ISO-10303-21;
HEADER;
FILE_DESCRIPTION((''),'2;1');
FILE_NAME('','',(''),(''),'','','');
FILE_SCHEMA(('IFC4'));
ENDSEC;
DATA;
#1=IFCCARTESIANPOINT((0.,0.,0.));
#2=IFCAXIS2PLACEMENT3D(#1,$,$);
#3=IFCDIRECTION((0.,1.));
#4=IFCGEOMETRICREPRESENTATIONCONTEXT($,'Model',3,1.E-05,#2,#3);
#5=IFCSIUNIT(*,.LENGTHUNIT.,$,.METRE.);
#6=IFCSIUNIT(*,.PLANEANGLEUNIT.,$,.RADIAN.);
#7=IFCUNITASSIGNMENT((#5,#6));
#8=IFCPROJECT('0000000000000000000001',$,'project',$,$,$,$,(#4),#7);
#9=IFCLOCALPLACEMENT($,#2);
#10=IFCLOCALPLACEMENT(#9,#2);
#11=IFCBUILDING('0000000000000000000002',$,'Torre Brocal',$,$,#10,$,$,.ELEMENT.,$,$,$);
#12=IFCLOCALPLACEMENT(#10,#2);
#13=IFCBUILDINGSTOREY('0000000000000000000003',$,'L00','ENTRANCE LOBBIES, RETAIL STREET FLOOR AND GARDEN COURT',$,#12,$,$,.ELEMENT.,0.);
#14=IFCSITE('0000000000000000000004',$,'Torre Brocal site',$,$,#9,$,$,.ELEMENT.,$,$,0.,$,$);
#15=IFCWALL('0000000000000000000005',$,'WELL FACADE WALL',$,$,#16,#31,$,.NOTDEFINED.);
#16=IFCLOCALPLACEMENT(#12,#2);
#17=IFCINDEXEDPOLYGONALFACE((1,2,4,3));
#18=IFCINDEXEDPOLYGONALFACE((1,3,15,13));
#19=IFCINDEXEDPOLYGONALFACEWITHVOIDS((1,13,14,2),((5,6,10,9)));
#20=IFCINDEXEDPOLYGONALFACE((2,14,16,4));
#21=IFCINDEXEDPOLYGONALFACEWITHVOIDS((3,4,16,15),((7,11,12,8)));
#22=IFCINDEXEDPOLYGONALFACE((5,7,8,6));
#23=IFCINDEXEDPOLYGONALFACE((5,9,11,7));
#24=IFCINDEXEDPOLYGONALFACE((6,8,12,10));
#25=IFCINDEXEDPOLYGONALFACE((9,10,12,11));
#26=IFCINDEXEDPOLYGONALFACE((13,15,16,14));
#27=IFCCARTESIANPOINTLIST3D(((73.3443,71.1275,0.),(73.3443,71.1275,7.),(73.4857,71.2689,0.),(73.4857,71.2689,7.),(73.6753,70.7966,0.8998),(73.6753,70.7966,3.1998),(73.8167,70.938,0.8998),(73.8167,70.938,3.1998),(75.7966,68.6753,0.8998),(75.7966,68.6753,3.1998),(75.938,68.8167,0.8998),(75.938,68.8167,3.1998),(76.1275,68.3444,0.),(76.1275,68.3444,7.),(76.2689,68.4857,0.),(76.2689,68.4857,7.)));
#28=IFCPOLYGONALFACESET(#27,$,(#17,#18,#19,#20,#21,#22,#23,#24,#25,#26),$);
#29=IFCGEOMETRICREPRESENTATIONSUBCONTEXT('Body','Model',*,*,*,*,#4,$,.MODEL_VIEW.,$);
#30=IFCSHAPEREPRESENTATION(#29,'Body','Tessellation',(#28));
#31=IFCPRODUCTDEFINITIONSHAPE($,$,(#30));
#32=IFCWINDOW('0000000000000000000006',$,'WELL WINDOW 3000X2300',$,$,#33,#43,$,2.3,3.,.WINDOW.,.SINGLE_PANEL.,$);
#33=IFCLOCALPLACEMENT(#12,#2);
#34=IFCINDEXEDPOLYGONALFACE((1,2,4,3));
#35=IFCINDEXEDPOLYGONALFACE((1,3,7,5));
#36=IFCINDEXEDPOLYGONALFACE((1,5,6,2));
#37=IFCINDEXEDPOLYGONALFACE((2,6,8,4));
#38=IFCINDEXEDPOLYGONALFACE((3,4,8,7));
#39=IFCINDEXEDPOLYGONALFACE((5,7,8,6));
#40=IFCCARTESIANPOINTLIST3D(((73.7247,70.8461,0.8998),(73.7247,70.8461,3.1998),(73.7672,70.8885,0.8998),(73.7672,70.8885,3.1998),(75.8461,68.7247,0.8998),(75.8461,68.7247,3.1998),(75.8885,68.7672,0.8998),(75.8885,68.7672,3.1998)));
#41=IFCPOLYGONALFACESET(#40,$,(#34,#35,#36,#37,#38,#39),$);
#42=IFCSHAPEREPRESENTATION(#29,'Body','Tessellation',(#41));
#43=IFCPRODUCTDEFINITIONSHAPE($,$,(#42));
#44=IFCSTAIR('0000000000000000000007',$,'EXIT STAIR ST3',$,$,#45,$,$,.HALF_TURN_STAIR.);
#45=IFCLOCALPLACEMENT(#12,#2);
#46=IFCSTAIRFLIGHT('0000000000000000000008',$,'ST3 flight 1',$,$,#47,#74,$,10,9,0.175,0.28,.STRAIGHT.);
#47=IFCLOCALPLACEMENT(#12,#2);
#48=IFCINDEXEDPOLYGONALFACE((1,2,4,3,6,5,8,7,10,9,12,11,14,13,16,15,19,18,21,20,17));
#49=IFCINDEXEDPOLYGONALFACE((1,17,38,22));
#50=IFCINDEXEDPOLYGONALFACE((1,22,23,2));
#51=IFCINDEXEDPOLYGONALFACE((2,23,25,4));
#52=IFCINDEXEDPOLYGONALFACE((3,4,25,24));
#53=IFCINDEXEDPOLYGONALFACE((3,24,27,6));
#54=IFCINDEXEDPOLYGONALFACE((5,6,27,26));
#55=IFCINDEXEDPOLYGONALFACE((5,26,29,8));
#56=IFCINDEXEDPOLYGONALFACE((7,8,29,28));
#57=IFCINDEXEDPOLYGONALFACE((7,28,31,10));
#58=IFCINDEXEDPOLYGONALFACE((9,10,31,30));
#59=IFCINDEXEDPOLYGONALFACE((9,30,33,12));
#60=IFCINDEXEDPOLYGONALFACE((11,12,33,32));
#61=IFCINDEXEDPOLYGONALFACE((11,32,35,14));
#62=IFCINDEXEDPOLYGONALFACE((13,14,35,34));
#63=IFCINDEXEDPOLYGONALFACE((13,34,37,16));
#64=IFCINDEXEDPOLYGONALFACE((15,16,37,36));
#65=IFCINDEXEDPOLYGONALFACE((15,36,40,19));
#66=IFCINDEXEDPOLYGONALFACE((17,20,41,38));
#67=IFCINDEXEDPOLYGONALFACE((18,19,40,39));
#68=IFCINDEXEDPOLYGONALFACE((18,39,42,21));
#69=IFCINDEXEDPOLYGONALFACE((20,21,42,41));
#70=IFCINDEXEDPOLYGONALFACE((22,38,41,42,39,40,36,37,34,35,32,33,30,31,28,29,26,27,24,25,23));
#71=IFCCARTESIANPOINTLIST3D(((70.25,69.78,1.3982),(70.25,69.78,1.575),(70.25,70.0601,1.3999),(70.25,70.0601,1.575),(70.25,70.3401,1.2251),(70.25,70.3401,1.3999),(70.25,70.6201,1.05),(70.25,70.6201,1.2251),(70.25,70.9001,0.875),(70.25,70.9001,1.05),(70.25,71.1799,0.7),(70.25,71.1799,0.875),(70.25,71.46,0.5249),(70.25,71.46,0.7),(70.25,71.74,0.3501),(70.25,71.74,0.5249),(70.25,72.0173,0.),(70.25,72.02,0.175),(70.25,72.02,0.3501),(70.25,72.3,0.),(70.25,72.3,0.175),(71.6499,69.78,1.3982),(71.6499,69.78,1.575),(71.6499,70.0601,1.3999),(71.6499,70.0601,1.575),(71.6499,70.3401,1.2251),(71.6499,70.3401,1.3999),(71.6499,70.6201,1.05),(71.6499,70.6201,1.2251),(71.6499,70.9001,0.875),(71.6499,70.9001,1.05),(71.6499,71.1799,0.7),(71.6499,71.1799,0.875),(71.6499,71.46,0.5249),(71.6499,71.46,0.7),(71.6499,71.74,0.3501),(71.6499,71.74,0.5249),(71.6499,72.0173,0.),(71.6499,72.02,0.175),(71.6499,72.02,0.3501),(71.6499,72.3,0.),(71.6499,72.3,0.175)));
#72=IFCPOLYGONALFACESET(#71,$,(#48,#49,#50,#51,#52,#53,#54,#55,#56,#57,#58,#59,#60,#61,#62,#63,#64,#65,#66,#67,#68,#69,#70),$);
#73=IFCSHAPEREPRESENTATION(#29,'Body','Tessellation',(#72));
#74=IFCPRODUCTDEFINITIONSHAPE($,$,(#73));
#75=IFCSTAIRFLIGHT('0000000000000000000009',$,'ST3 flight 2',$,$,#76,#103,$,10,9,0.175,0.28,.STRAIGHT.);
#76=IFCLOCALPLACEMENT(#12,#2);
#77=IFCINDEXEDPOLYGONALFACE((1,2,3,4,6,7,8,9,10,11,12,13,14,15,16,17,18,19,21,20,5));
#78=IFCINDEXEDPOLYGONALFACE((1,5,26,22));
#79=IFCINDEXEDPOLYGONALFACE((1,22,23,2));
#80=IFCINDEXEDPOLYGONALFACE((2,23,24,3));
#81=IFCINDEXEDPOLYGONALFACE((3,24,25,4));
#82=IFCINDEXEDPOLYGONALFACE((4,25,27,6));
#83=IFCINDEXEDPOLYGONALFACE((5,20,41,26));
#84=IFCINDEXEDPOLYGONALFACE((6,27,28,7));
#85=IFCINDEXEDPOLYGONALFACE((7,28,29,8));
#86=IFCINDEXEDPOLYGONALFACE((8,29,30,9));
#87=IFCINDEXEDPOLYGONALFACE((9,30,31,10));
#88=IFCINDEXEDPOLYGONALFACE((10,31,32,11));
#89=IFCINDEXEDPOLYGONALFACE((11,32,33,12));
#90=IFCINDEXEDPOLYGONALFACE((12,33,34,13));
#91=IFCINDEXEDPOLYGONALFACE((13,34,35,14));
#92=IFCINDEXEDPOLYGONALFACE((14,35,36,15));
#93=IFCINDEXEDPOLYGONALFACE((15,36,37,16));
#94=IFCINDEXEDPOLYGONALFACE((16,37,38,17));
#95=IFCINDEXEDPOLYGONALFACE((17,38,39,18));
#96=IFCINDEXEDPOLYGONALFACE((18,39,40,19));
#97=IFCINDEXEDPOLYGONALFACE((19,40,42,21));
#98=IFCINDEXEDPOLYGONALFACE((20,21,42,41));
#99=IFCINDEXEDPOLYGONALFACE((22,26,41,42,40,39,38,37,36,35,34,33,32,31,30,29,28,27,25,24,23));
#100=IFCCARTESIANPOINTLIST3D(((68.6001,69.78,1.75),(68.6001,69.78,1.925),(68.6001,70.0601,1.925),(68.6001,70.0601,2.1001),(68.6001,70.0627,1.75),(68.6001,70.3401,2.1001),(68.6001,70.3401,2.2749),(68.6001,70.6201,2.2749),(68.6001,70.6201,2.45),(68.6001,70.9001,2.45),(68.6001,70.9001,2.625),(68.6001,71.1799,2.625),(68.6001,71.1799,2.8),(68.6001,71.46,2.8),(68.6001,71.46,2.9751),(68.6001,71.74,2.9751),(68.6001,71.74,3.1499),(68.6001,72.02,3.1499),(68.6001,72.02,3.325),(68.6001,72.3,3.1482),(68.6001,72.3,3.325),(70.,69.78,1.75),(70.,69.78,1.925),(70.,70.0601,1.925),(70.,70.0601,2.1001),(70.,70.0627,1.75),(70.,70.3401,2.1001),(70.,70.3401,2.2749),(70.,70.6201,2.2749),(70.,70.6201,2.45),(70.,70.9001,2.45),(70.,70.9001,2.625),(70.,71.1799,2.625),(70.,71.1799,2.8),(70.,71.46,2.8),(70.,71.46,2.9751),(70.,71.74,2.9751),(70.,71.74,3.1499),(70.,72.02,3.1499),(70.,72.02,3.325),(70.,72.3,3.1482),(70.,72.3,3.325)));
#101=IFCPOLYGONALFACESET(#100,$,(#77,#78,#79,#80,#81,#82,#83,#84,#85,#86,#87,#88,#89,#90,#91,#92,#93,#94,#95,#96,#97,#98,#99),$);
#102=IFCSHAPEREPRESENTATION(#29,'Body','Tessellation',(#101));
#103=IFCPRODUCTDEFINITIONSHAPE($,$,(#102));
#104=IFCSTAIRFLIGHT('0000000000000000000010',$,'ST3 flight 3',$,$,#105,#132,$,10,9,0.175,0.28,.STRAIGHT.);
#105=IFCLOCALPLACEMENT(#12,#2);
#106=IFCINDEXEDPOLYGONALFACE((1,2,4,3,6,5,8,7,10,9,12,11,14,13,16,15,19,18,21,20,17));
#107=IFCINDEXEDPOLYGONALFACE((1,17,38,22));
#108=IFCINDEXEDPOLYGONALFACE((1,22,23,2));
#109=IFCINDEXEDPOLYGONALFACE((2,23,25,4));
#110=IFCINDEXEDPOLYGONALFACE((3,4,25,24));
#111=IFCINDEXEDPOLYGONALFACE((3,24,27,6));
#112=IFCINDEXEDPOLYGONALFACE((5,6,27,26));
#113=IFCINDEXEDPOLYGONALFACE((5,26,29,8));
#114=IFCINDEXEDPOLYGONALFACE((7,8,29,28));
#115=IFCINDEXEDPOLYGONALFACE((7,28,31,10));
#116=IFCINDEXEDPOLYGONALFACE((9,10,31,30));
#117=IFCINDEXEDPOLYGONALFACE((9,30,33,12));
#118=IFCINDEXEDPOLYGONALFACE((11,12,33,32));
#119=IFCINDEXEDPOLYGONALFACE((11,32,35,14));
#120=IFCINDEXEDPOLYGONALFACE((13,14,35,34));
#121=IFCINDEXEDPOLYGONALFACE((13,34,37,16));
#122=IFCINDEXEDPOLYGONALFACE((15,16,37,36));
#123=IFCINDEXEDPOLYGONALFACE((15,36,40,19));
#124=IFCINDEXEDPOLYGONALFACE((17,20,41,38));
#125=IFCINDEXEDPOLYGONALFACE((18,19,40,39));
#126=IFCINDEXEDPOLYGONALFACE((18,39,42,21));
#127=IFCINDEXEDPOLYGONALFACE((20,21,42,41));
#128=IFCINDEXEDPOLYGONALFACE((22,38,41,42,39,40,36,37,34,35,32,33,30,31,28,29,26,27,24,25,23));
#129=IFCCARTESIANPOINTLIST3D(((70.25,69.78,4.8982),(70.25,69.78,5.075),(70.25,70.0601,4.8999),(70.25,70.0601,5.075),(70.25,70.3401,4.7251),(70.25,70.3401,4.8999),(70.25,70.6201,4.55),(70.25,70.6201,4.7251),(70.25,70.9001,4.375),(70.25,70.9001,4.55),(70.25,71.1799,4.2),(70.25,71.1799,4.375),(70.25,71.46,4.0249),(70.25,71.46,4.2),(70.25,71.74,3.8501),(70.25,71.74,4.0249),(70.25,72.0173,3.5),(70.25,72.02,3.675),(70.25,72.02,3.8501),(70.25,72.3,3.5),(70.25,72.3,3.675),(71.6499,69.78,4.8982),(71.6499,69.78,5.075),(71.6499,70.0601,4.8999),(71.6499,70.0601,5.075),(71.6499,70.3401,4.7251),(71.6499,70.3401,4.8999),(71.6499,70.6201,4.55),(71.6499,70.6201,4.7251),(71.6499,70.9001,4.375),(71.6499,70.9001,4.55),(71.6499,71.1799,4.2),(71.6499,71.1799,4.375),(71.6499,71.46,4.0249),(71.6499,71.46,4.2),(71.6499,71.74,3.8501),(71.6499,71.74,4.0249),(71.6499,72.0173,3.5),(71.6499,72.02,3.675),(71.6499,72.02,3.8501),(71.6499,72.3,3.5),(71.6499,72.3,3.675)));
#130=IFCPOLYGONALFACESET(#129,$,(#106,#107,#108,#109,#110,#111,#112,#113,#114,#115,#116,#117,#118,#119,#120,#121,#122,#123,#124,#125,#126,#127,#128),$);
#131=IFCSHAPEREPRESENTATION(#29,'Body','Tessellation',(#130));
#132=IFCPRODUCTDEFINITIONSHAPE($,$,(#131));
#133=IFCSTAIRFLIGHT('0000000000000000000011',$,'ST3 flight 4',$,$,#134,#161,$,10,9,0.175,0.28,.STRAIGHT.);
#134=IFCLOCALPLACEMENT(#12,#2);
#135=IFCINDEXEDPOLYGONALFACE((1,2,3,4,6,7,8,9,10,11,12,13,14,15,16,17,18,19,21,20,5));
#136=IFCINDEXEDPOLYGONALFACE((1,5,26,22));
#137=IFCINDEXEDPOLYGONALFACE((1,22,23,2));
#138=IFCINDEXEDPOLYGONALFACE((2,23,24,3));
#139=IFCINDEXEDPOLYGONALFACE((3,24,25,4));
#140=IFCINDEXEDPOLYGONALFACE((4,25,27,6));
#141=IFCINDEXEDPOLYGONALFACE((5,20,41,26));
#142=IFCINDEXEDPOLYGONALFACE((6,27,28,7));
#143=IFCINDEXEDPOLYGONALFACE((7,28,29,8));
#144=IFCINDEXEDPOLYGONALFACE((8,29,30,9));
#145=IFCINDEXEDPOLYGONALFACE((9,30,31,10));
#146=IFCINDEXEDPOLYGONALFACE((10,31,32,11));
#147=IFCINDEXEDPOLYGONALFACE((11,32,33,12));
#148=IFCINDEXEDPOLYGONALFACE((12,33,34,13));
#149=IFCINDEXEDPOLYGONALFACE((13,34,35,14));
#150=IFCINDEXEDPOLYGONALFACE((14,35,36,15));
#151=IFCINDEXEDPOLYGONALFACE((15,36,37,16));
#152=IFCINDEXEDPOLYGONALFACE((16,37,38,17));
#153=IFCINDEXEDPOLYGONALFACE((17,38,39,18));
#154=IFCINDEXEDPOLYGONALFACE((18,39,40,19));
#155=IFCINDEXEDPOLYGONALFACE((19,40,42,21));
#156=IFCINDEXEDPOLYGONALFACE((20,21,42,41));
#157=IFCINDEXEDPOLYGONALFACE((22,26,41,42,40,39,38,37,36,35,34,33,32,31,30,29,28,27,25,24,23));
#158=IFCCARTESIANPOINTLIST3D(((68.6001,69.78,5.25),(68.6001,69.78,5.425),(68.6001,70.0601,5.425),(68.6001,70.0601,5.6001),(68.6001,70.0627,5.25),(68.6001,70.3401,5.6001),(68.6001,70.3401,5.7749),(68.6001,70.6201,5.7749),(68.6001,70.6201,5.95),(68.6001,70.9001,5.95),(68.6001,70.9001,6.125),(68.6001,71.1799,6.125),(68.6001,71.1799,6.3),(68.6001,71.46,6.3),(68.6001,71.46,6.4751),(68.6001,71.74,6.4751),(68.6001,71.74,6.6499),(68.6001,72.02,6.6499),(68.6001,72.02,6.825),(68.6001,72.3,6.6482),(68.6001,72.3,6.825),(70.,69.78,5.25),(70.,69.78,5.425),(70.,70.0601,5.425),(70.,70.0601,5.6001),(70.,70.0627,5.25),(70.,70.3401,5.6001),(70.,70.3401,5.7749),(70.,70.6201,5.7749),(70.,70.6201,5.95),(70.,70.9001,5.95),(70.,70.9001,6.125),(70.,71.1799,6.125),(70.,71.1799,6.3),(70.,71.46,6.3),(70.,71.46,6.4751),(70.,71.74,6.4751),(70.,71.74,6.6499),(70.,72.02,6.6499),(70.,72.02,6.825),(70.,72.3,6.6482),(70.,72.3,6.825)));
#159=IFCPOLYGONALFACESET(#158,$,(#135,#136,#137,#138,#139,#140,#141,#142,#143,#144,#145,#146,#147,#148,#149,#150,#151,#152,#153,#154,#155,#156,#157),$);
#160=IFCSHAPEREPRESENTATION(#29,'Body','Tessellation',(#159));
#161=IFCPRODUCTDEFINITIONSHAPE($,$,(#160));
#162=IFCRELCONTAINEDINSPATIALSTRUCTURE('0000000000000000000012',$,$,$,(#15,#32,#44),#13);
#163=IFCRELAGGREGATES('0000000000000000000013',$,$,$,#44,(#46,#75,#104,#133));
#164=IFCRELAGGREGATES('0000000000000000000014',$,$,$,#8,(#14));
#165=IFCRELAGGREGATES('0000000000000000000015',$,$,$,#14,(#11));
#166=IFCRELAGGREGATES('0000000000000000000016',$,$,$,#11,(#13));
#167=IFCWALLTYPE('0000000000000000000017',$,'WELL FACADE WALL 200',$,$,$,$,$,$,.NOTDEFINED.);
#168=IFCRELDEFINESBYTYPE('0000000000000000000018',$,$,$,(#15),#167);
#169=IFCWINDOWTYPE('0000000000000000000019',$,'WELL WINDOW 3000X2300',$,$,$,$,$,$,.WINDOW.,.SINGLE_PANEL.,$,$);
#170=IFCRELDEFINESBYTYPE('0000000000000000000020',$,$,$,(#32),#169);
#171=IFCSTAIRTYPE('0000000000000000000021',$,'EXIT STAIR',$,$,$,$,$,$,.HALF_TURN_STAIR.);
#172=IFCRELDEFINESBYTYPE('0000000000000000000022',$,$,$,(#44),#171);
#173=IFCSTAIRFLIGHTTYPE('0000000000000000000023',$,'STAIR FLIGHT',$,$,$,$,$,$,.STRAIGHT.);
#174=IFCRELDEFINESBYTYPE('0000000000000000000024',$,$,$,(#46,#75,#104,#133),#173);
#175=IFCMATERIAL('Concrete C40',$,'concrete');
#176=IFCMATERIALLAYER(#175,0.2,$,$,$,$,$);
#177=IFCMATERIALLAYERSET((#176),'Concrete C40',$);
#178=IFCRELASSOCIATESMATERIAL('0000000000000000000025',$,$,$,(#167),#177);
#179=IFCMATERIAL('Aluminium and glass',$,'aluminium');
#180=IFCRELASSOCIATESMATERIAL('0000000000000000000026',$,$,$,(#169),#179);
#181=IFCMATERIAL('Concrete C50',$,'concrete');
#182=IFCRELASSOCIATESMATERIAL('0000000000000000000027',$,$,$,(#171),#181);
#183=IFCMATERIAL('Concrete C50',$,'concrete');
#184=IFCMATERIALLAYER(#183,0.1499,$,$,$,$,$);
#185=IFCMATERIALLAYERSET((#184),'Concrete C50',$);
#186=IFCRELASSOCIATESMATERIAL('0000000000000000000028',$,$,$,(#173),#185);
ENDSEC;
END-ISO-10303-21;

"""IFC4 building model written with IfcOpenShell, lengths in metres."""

from ifc_helpers import new_model, si_unit, direction, frame, frame_2d, origin, place, context, subcontext, project, spatial, polyline, rectangle, outline, extrude, material, layer, layer_set, type_object, element, fill, aggregate, save


model = new_model("IFC4")

# Units and contexts
model_context = context("Model", 3, precision=1e-05, world=origin(), true_north=direction((0.0, 1.0)))
body_context = subcontext(model_context, "Body", "Model", "MODEL_VIEW")
ifc_project = project(units=[si_unit("LENGTHUNIT", "METRE"), si_unit("PLANEANGLEUNIT", "RADIAN")], contexts=[model_context])

# Site, building, storey
site_placement = place(None, origin())
site = spatial("IfcSite", under=ifc_project, at=site_placement, Name="Torre Brocal site", CompositionType="ELEMENT", RefElevation=0.0)
building_placement = place(site_placement, origin())
building = spatial("IfcBuilding", under=site, at=building_placement, Name="Torre Brocal", CompositionType="ELEMENT")
storey_placement = place(building_placement, origin())
storey = spatial("IfcBuildingStorey", under=building, at=storey_placement, Name="L00", Description="ENTRANCE LOBBIES, RETAIL STREET FLOOR AND GARDEN COURT", CompositionType="ELEMENT", Elevation=0.0)

# Wall, opening, window
ifc_material_1 = material(Name="Concrete C40", Category="concrete")
ifc_layer_1 = layer(ifc_material_1, 0.2)
ifc_layer_set_1 = layer_set([ifc_layer_1], Name="Concrete C40")
wall_type_1 = type_object("IfcWallType", Name="WELL FACADE WALL 200", PredefinedType="NOTDEFINED", material=ifc_layer_set_1)
wall_1_placement = place(storey_placement, frame((73.415, 71.1982, 0.0), z_axis=(0.0, 0.0, 1.0), x_axis=(0.707107, -0.707107, 0.0)))
wall_1 = element("IfcWall", 1, at=wall_1_placement, inside=storey, type_object=wall_type_1, Name="WELL FACADE WALL", PredefinedType="NOTDEFINED", context=body_context, shape_type="SweptSolid", body=[
    extrude(rectangle(XDim=3.936, YDim=0.2, at=frame_2d((1.968, 0.0))), origin(), (0.0, 0.0, 1.0), 7.0),
])
opening_1_placement = place(wall_1_placement, frame((0.468, 0.0, 0.8999)))
opening_1 = element("IfcOpeningElement", 2, at=opening_1_placement, cuts=wall_1, PredefinedType="OPENING", context=body_context, shape_type="SweptSolid", body=[
    extrude(rectangle(XDim=3.0, YDim=2.3, at=frame_2d((1.5, 1.1499))), frame((0.0, 0.1099, 0.0), z_axis=(0.0, -1.0, 0.0), x_axis=(1.0, 0.0, 0.0)), (0.0, 0.0, 1.0), 0.22),
])
ifc_material_2 = material(Name="Aluminium and glass", Category="aluminium")
window_type = type_object("IfcWindowType", Name="WELL WINDOW 3000X2300", PartitioningType="SINGLE_PANEL", PredefinedType="WINDOW", material=ifc_material_2)
window_placement = place(opening_1_placement, origin())
window = element("IfcWindow", 3, at=window_placement, inside=storey, type_object=window_type, Name="WELL WINDOW 3000X2300", OverallHeight=2.3, OverallWidth=3.0, PartitioningType="SINGLE_PANEL", PredefinedType="WINDOW", context=body_context, shape_type="SweptSolid", body=[
    extrude(rectangle(XDim=3.0, YDim=2.3, at=frame_2d((1.5, 1.1499))), frame((0.0, 0.03, 0.0), z_axis=(0.0, -1.0, 0.0), x_axis=(1.0, 0.0, 0.0)), (0.0, 0.0, 1.0), 0.0601),
])
fill(opening_1, window)

# Stair, stair flights
ifc_material_3 = material(Name="Concrete C50", Category="concrete")
stair_type = type_object("IfcStairType", Name="EXIT STAIR", PredefinedType="HALF_TURN_STAIR", material=ifc_material_3)
stair_placement = place(storey_placement, origin())
stair = element("IfcStair", 4, at=stair_placement, inside=storey, type_object=stair_type, Name="EXIT STAIR ST3", PredefinedType="HALF_TURN_STAIR")
ifc_material_4 = material(Name="Concrete C50", Category="concrete")
ifc_layer_2 = layer(ifc_material_4, 0.1499)
ifc_layer_set_2 = layer_set([ifc_layer_2], Name="Concrete C50")
stair_flight_type = type_object("IfcStairFlightType", Name="STAIR FLIGHT", PredefinedType="STRAIGHT", material=ifc_layer_set_2)
stair_flight_1_placement = place(storey_placement, frame((70.95, 72.3, 0.0), z_axis=(0.0, 0.0, 1.0), x_axis=(0.0, -1.0, 0.0)))
stair_flight_1 = element("IfcStairFlight", 5, at=stair_flight_1_placement, type_object=stair_flight_type, Name="ST3 flight 1", NumberOfRisers=10, NumberOfTreads=9, PredefinedType="STRAIGHT", RiserHeight=0.175, TreadLength=0.28, context=body_context, shape_type="SweptSolid", body=[
    extrude(outline(polyline([(0.0, 0.0), (0.0, 0.175), (0.28, 0.175), (0.28, 0.3501), (0.5601, 0.3501), (0.5601, 0.5249), (0.8401, 0.5249), (0.8401, 0.7), (1.1201, 0.7), (1.1201, 0.875), (1.3999, 0.875), (1.3999, 1.05), (1.6799, 1.05), (1.6799, 1.2251), (1.96, 1.2251), (1.96, 1.3999), (2.24, 1.3999), (2.24, 1.575), (2.52, 1.575), (2.52, 1.75), (2.52, 1.3982), (0.2827, 0.0), (0.0, 0.0)])), frame((0.0, 0.7, 0.0), z_axis=(0.0, -1.0, 0.0), x_axis=(1.0, 0.0, 0.0)), (0.0, 0.0, 1.0), 1.3999),
])
stair_flight_2_placement = place(storey_placement, frame((69.3, 69.78, 1.75), z_axis=(0.0, 0.0, 1.0), x_axis=(0.0, 1.0, 0.0)))
stair_flight_2 = element("IfcStairFlight", 6, at=stair_flight_2_placement, type_object=stair_flight_type, Name="ST3 flight 2", NumberOfRisers=10, NumberOfTreads=9, PredefinedType="STRAIGHT", RiserHeight=0.175, TreadLength=0.28, context=body_context, shape_type="SweptSolid", body=[
    extrude(outline(polyline([(0.0, 0.0), (0.0, 0.175), (0.28, 0.175), (0.28, 0.3501), (0.5601, 0.3501), (0.5601, 0.5249), (0.8401, 0.5249), (0.8401, 0.7), (1.1201, 0.7), (1.1201, 0.875), (1.3999, 0.875), (1.3999, 1.05), (1.6799, 1.05), (1.6799, 1.2251), (1.96, 1.2251), (1.96, 1.3999), (2.24, 1.3999), (2.24, 1.575), (2.52, 1.575), (2.52, 1.75), (2.52, 1.3982), (0.2827, 0.0), (0.0, 0.0)])), frame((0.0, 0.7, 0.0), z_axis=(0.0, -1.0, 0.0), x_axis=(1.0, 0.0, 0.0)), (0.0, 0.0, 1.0), 1.3999),
])
stair_flight_3_placement = place(storey_placement, frame((70.95, 72.3, 3.5), z_axis=(0.0, 0.0, 1.0), x_axis=(0.0, -1.0, 0.0)))
stair_flight_3 = element("IfcStairFlight", 7, at=stair_flight_3_placement, type_object=stair_flight_type, Name="ST3 flight 3", NumberOfRisers=10, NumberOfTreads=9, PredefinedType="STRAIGHT", RiserHeight=0.175, TreadLength=0.28, context=body_context, shape_type="SweptSolid", body=[
    extrude(outline(polyline([(0.0, 0.0), (0.0, 0.175), (0.28, 0.175), (0.28, 0.3501), (0.5601, 0.3501), (0.5601, 0.5249), (0.8401, 0.5249), (0.8401, 0.7), (1.1201, 0.7), (1.1201, 0.875), (1.3999, 0.875), (1.3999, 1.05), (1.6799, 1.05), (1.6799, 1.2251), (1.96, 1.2251), (1.96, 1.3999), (2.24, 1.3999), (2.24, 1.575), (2.52, 1.575), (2.52, 1.75), (2.52, 1.3982), (0.2827, 0.0), (0.0, 0.0)])), frame((0.0, 0.7, 0.0), z_axis=(0.0, -1.0, 0.0), x_axis=(1.0, 0.0, 0.0)), (0.0, 0.0, 1.0), 1.3999),
])
stair_flight_4_placement = place(storey_placement, frame((69.3, 69.78, 5.25), z_axis=(0.0, 0.0, 1.0), x_axis=(0.0, 1.0, 0.0)))
stair_flight_4 = element("IfcStairFlight", 8, at=stair_flight_4_placement, type_object=stair_flight_type, Name="ST3 flight 4", NumberOfRisers=10, NumberOfTreads=9, PredefinedType="STRAIGHT", RiserHeight=0.175, TreadLength=0.28, context=body_context, shape_type="SweptSolid", body=[
    extrude(outline(polyline([(0.0, 0.0), (0.0, 0.175), (0.28, 0.175), (0.28, 0.3501), (0.5601, 0.3501), (0.5601, 0.5249), (0.8401, 0.5249), (0.8401, 0.7), (1.1201, 0.7), (1.1201, 0.875), (1.3999, 0.875), (1.3999, 1.05), (1.6799, 1.05), (1.6799, 1.2251), (1.96, 1.2251), (1.96, 1.3999), (2.24, 1.3999), (2.24, 1.575), (2.52, 1.575), (2.52, 1.75), (2.52, 1.3982), (0.2827, 0.0), (0.0, 0.0)])), frame((0.0, 0.7, 0.0), z_axis=(0.0, -1.0, 0.0), x_axis=(1.0, 0.0, 0.0)), (0.0, 0.0, 1.0), 1.3999),
])
aggregate(stair, [stair_flight_1, stair_flight_2, stair_flight_3, stair_flight_4])

save(model, "model.ifc")
